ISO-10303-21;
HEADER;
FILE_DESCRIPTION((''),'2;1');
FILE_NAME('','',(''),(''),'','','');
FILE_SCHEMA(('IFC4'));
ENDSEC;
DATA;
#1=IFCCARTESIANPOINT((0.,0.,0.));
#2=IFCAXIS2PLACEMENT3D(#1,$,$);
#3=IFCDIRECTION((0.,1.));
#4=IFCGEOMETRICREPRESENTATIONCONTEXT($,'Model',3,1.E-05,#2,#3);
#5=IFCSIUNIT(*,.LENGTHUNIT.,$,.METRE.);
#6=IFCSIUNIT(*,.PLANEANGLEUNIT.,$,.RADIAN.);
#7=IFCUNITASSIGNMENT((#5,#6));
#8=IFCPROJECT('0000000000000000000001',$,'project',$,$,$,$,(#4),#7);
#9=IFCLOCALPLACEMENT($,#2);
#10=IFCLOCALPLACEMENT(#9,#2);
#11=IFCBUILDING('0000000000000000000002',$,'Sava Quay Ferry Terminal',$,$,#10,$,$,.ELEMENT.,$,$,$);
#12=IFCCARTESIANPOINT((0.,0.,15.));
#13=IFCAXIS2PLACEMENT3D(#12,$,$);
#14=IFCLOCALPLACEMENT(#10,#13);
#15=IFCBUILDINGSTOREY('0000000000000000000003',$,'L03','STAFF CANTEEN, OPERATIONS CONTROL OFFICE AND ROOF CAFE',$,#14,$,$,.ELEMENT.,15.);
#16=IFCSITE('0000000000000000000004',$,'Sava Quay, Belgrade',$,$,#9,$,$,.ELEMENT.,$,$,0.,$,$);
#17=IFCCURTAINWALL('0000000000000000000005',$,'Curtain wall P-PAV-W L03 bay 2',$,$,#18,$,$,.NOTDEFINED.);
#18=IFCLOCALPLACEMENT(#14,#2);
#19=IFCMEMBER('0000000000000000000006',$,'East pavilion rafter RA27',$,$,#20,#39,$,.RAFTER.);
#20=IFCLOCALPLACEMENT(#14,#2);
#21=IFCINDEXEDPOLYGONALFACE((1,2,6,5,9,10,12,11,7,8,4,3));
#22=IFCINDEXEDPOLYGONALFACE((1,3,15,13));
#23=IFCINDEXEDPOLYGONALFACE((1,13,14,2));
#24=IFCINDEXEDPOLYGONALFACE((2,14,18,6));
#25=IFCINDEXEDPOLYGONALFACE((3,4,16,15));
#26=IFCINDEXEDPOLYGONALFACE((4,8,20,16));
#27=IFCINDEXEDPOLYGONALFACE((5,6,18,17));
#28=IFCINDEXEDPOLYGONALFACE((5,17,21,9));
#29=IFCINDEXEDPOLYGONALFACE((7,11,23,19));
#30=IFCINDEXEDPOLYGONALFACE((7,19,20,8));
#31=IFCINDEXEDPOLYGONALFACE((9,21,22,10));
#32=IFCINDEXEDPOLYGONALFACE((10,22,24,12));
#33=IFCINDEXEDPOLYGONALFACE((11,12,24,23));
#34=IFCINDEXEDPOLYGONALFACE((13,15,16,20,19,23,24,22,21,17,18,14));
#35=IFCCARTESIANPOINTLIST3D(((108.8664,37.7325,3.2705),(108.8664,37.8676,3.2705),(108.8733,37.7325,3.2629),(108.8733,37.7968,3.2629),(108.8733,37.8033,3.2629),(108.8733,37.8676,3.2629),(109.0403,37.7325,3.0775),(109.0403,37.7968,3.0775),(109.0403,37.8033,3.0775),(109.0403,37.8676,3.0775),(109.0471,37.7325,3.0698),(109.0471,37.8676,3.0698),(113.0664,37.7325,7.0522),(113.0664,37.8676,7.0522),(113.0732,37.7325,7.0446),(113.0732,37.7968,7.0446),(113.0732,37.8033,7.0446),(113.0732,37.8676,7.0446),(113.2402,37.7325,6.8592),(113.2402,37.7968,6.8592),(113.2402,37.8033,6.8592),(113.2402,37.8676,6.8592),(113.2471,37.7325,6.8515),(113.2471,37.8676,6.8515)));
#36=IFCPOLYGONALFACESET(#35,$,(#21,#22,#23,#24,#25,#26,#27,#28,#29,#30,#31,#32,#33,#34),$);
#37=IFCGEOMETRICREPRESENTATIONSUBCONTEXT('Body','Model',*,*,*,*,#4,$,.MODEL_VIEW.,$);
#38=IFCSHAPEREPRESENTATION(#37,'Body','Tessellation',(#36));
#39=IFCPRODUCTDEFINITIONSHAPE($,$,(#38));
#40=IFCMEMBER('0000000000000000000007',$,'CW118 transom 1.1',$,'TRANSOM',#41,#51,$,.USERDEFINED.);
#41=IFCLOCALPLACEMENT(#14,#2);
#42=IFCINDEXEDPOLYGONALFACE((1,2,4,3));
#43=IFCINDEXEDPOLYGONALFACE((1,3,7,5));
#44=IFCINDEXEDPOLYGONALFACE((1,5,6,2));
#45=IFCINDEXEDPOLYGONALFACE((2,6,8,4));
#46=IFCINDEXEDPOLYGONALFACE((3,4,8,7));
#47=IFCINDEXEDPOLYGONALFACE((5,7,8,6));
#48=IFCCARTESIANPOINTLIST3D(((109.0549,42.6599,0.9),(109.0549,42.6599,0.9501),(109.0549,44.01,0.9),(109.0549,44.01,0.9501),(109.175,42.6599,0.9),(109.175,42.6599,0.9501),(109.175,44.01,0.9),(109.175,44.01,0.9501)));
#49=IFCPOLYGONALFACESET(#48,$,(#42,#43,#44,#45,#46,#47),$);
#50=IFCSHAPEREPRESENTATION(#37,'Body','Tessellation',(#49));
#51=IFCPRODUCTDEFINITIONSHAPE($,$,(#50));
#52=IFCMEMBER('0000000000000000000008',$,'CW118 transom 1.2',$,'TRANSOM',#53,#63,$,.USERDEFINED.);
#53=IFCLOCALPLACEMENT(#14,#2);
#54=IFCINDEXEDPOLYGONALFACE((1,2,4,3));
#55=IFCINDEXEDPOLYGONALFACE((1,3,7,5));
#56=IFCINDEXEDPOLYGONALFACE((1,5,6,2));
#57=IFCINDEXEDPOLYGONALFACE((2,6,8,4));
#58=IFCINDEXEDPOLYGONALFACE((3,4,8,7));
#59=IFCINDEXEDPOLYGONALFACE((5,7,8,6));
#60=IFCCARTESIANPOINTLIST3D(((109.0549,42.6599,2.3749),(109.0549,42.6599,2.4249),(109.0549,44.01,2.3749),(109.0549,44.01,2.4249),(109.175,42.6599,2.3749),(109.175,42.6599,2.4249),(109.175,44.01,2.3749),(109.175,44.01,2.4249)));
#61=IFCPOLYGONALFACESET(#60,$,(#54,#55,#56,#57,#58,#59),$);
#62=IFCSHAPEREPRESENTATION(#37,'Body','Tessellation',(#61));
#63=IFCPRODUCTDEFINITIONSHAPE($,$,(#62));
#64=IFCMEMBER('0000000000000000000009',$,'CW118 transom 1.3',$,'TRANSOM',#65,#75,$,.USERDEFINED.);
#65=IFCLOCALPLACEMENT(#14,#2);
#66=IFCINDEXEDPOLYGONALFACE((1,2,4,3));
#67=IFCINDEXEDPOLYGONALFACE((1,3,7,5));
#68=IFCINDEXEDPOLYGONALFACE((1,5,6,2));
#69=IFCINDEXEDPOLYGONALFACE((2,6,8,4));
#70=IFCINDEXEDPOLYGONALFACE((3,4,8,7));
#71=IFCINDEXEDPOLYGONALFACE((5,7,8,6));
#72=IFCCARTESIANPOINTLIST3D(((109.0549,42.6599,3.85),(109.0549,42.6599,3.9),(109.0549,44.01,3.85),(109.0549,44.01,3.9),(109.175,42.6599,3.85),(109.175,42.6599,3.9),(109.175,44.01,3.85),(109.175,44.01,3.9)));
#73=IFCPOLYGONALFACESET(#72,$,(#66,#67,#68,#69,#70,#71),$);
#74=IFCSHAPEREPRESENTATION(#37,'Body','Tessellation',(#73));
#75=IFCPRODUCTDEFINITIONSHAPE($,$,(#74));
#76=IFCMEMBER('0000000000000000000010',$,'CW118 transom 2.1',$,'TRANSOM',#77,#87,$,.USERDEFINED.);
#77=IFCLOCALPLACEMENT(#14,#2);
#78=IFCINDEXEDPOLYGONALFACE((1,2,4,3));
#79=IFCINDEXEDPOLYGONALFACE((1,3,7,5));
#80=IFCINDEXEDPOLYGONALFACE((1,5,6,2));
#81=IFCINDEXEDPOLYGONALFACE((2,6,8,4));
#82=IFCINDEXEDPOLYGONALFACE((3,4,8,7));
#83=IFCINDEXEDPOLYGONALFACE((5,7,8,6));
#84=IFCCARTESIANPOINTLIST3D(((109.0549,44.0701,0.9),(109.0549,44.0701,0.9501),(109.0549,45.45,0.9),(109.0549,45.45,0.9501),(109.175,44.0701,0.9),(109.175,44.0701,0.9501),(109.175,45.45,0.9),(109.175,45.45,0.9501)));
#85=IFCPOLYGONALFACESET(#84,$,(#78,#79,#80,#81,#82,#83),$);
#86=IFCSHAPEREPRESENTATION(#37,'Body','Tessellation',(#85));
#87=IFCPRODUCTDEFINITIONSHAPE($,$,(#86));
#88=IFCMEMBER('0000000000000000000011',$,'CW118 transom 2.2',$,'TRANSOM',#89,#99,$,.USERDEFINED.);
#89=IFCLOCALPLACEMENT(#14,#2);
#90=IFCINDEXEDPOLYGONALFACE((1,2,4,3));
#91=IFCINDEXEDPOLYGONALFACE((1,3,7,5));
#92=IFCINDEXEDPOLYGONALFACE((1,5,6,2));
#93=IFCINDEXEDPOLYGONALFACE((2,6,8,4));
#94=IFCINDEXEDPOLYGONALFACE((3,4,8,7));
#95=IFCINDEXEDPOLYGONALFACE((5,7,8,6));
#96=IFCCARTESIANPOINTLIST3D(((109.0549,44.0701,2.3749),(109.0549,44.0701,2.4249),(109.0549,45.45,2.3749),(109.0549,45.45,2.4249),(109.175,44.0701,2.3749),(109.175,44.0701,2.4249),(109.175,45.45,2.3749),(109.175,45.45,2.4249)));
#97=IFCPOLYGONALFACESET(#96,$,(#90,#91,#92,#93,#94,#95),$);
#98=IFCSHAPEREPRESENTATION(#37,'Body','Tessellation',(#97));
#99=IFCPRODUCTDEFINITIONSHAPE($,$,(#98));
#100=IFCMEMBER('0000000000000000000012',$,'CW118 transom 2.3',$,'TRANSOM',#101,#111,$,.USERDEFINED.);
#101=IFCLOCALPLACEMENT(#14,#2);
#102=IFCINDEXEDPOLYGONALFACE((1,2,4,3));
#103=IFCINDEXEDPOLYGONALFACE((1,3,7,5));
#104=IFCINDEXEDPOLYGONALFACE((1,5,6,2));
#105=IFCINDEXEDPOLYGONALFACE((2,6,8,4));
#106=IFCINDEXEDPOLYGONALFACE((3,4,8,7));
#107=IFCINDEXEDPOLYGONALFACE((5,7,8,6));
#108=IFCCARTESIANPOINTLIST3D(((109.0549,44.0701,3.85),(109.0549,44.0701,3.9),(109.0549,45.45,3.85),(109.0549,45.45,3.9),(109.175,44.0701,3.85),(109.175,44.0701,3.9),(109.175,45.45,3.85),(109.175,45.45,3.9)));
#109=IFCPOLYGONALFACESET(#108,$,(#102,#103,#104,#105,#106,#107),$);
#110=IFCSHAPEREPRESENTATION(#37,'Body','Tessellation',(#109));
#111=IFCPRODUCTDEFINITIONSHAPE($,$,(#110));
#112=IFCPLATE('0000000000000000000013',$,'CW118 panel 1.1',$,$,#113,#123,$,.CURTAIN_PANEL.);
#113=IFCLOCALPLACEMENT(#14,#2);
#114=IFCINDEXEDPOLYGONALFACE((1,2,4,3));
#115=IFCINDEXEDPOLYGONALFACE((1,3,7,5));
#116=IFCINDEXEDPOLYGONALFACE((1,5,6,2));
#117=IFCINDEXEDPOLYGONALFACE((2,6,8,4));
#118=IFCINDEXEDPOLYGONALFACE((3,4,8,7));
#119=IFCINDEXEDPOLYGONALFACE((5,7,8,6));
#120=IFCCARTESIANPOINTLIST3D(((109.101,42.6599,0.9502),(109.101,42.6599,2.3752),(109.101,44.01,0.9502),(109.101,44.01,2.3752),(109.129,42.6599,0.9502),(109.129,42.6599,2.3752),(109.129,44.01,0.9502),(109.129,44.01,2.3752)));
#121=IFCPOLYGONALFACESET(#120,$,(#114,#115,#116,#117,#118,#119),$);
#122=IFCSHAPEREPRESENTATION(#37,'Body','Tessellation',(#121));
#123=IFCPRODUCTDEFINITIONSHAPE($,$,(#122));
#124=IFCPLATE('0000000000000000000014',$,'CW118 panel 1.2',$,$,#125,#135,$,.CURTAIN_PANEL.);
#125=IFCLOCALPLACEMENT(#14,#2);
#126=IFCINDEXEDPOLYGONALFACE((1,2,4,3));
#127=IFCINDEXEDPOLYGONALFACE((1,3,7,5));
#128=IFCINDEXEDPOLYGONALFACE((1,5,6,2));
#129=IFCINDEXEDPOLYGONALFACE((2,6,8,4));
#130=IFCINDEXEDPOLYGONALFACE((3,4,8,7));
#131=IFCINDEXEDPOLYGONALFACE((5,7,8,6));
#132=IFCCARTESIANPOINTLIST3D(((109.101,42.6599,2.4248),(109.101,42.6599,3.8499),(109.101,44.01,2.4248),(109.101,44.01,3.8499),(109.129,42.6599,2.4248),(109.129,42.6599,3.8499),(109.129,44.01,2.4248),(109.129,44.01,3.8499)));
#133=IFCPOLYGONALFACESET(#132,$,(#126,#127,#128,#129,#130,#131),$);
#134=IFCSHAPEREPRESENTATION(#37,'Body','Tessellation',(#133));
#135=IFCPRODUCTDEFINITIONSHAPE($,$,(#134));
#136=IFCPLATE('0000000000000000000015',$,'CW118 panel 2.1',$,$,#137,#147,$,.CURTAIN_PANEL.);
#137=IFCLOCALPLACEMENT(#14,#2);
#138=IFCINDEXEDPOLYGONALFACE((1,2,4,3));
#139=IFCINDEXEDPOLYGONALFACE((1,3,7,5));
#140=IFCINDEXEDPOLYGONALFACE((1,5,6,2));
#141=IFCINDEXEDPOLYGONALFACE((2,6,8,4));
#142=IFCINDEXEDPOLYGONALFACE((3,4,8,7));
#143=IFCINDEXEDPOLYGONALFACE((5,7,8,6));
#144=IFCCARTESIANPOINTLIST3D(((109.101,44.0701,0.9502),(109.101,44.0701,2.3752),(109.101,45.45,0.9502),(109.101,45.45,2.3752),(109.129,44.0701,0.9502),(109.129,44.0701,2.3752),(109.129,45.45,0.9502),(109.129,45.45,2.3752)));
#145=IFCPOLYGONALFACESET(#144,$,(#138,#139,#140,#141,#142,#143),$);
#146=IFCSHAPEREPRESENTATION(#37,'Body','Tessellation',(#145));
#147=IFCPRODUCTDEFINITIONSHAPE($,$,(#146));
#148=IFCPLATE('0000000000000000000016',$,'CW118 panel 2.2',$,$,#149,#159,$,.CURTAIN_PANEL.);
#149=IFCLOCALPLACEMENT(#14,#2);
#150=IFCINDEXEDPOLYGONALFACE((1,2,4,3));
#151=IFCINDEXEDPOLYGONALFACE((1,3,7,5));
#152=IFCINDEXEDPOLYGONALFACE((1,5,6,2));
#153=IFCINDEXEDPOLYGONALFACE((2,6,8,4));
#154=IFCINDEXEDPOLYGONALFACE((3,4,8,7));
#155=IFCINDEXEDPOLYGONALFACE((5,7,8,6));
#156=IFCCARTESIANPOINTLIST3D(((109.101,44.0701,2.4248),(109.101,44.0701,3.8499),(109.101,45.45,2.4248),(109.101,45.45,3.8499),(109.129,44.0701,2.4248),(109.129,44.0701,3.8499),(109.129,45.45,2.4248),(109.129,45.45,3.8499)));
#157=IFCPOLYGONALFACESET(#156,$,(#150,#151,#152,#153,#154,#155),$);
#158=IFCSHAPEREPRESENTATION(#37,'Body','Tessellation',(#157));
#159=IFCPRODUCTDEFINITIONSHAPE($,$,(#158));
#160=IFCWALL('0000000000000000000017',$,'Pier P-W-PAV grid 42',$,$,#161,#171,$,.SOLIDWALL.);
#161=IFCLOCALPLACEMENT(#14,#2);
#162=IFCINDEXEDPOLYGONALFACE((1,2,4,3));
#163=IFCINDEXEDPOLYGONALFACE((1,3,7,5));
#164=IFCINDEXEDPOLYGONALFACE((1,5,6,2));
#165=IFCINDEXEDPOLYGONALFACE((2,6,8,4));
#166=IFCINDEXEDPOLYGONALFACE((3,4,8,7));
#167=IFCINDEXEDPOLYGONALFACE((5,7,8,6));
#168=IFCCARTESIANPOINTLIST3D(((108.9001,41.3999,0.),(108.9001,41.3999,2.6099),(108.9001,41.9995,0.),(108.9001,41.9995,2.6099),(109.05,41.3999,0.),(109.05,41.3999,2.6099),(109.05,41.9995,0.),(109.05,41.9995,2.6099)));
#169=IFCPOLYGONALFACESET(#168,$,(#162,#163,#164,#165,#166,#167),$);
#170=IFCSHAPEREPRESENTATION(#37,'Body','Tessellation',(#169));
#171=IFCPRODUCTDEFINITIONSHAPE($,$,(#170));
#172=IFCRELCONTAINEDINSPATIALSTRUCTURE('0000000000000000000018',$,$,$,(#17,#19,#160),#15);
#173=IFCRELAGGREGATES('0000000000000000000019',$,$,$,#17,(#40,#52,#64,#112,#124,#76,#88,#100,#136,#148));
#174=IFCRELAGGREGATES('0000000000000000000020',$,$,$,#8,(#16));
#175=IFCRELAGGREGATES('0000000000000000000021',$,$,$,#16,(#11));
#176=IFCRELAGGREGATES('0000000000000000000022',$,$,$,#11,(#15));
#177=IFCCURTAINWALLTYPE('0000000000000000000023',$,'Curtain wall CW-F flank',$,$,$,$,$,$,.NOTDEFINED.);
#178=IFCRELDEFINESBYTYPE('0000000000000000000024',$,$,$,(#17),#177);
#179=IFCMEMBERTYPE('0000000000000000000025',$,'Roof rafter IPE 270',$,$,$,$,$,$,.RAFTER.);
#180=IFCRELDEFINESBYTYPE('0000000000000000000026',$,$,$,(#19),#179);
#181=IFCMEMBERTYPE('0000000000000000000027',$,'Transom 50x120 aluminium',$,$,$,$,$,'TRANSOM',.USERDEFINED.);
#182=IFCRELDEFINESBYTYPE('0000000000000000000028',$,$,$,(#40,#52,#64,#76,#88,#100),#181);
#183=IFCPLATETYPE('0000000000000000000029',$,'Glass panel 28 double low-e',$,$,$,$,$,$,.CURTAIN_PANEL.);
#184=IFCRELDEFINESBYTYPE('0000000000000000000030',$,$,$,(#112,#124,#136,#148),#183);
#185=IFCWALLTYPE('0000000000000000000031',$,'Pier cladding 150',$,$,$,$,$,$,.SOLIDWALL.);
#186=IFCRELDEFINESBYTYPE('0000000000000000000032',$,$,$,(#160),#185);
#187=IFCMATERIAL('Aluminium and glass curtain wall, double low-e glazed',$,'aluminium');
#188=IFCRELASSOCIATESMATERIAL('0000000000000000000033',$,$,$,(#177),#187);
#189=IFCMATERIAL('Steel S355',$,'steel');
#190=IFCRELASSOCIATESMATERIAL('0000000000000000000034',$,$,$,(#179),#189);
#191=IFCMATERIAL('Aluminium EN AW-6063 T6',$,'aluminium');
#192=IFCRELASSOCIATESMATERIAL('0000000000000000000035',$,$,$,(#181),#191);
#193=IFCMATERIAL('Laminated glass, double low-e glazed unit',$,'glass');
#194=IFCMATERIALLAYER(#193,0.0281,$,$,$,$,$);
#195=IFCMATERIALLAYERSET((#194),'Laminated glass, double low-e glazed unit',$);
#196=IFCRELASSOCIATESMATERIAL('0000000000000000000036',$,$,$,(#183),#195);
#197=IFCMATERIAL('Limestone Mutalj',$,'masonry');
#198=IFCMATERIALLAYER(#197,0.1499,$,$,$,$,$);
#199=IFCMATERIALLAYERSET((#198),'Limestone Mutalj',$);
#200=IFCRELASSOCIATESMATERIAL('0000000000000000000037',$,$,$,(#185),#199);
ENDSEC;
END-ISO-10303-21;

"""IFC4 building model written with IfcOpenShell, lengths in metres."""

from ifc_helpers import new_model, si_unit, direction, frame, frame_2d, origin, origin_2d, place, context, subcontext, project, spatial, rectangle, i_section, extrude, material, layer, layer_set, material_profile, profile_set, type_object, element, aggregate, save


model = new_model("IFC4")

# Units and contexts
model_context = context("Model", 3, precision=1e-05, world=origin(), true_north=direction((0.0, 1.0)))
body_context = subcontext(model_context, "Body", "Model", "MODEL_VIEW")
ifc_project = project(units=[si_unit("LENGTHUNIT", "METRE"), si_unit("PLANEANGLEUNIT", "RADIAN")], contexts=[model_context])

# Site, building, storey
site_placement = place(None, origin())
site = spatial("IfcSite", under=ifc_project, at=site_placement, Name="Sava Quay, Belgrade", CompositionType="ELEMENT", RefElevation=0.0)
building_placement = place(site_placement, origin())
building = spatial("IfcBuilding", under=site, at=building_placement, Name="Sava Quay Ferry Terminal", CompositionType="ELEMENT")
storey_placement = place(building_placement, frame((0.0, 0.0, 15.0)))
storey = spatial("IfcBuildingStorey", under=building, at=storey_placement, Name="L03", Description="STAFF CANTEEN, OPERATIONS CONTROL OFFICE AND ROOF CAFE", CompositionType="ELEMENT", Elevation=15.0)

# Curtain wall
ifc_material_1 = material(Name="Aluminium and glass curtain wall, double low-e glazed", Category="aluminium")
curtain_wall_type = type_object("IfcCurtainWallType", Name="Curtain wall CW-F flank", PredefinedType="NOTDEFINED", material=ifc_material_1)
curtain_wall_placement = place(storey_placement, origin())
curtain_wall = element("IfcCurtainWall", 1, at=curtain_wall_placement, inside=storey, type_object=curtain_wall_type, Name="Curtain wall P-PAV-W L03 bay 2", PredefinedType="NOTDEFINED")

# Member
ifc_material_2 = material(Name="Steel S355", Category="steel")
ifc_material_profile_1 = material_profile(ifc_material_2, i_section(OverallWidth=0.135, OverallDepth=0.27, WebThickness=0.0066, FlangeThickness=0.0103, at=origin_2d()), Name="IPE 270")
ifc_profile_set_1 = profile_set([ifc_material_profile_1], Name="Steel S355")
member_type_1 = type_object("IfcMemberType", Name="Roof rafter IPE 270", PredefinedType="RAFTER", material=ifc_profile_set_1)
member_1_placement = place(storey_placement, frame((108.9568, 37.8, 3.1702), z_axis=(0.743137, 0.0, 0.669139), x_axis=(0.0, 1.0, 0.0)))
element("IfcMember", 2, at=member_1_placement, inside=storey, type_object=member_type_1, Name="East pavilion rafter RA27", PredefinedType="RAFTER", context=body_context, shape_type="SweptSolid", body=[
    extrude(i_section(OverallWidth=0.135, OverallDepth=0.27, WebThickness=0.0066, FlangeThickness=0.0103, at=origin_2d()), origin(), (0.0, 0.0, 1.0), 5.6516),
])

# Members
ifc_material_3 = material(Name="Aluminium EN AW-6063 T6", Category="aluminium")
ifc_material_profile_2 = material_profile(ifc_material_3, rectangle(XDim=0.1201, YDim=0.05, at=origin_2d()), Name="Transom 50x120 aluminium")
ifc_profile_set_2 = profile_set([ifc_material_profile_2], Name="Aluminium EN AW-6063 T6")
member_type_2 = type_object("IfcMemberType", Name="Transom 50x120 aluminium", ElementType="TRANSOM", PredefinedType="USERDEFINED", material=ifc_profile_set_2)
member_2_placement = place(storey_placement, frame((109.115, 42.6599, 0.925), z_axis=(0.0, 1.0, 0.0), x_axis=(-1.0, 0.0, 0.0)))
member_2 = element("IfcMember", 3, at=member_2_placement, type_object=member_type_2, Name="CW118 transom 1.1", ObjectType="TRANSOM", PredefinedType="USERDEFINED", context=body_context, shape_type="SweptSolid", body=[
    extrude(rectangle(XDim=0.1201, YDim=0.05, at=origin_2d()), origin(), (0.0, 0.0, 1.0), 1.3501),
])
member_3_placement = place(storey_placement, frame((109.115, 42.6599, 2.3999), z_axis=(0.0, 1.0, 0.0), x_axis=(-1.0, 0.0, 0.0)))
member_3 = element("IfcMember", 4, at=member_3_placement, type_object=member_type_2, Name="CW118 transom 1.2", ObjectType="TRANSOM", PredefinedType="USERDEFINED", context=body_context, shape_type="SweptSolid", body=[
    extrude(rectangle(XDim=0.1201, YDim=0.05, at=origin_2d()), origin(), (0.0, 0.0, 1.0), 1.3501),
])
member_4_placement = place(storey_placement, frame((109.115, 42.6599, 3.875), z_axis=(0.0, 1.0, 0.0), x_axis=(-1.0, 0.0, 0.0)))
member_4 = element("IfcMember", 5, at=member_4_placement, type_object=member_type_2, Name="CW118 transom 1.3", ObjectType="TRANSOM", PredefinedType="USERDEFINED", context=body_context, shape_type="SweptSolid", body=[
    extrude(rectangle(XDim=0.1201, YDim=0.05, at=origin_2d()), origin(), (0.0, 0.0, 1.0), 1.3501),
])
member_5_placement = place(storey_placement, frame((109.115, 44.0701, 0.925), z_axis=(0.0, 1.0, 0.0), x_axis=(-1.0, 0.0, 0.0)))
member_5 = element("IfcMember", 6, at=member_5_placement, type_object=member_type_2, Name="CW118 transom 2.1", ObjectType="TRANSOM", PredefinedType="USERDEFINED", context=body_context, shape_type="SweptSolid", body=[
    extrude(rectangle(XDim=0.1201, YDim=0.05, at=origin_2d()), origin(), (0.0, 0.0, 1.0), 1.3799),
])
member_6_placement = place(storey_placement, frame((109.115, 44.0701, 2.3999), z_axis=(0.0, 1.0, 0.0), x_axis=(-1.0, 0.0, 0.0)))
member_6 = element("IfcMember", 7, at=member_6_placement, type_object=member_type_2, Name="CW118 transom 2.2", ObjectType="TRANSOM", PredefinedType="USERDEFINED", context=body_context, shape_type="SweptSolid", body=[
    extrude(rectangle(XDim=0.1201, YDim=0.05, at=origin_2d()), origin(), (0.0, 0.0, 1.0), 1.3799),
])
member_7_placement = place(storey_placement, frame((109.115, 44.0701, 3.875), z_axis=(0.0, 1.0, 0.0), x_axis=(-1.0, 0.0, 0.0)))
member_7 = element("IfcMember", 8, at=member_7_placement, type_object=member_type_2, Name="CW118 transom 2.3", ObjectType="TRANSOM", PredefinedType="USERDEFINED", context=body_context, shape_type="SweptSolid", body=[
    extrude(rectangle(XDim=0.1201, YDim=0.05, at=origin_2d()), origin(), (0.0, 0.0, 1.0), 1.3799),
])

# Plates
ifc_material_4 = material(Name="Laminated glass, double low-e glazed unit", Category="glass")
ifc_layer_1 = layer(ifc_material_4, 0.0281)
ifc_layer_set_1 = layer_set([ifc_layer_1], Name="Laminated glass, double low-e glazed unit")
plate_type = type_object("IfcPlateType", Name="Glass panel 28 double low-e", PredefinedType="CURTAIN_PANEL", material=ifc_layer_set_1)
plate_1_placement = place(storey_placement, frame((109.115, 43.335, 0.9502), z_axis=(0.0, 0.0, 1.0), x_axis=(0.0, 1.0, 0.0)))
plate_1 = element("IfcPlate", 9, at=plate_1_placement, type_object=plate_type, Name="CW118 panel 1.1", PredefinedType="CURTAIN_PANEL", context=body_context, shape_type="SweptSolid", body=[
    extrude(rectangle(XDim=1.3501, YDim=0.0281, at=origin_2d()), origin(), (0.0, 0.0, 1.0), 1.425),
])
plate_2_placement = place(storey_placement, frame((109.115, 43.335, 2.4248), z_axis=(0.0, 0.0, 1.0), x_axis=(0.0, 1.0, 0.0)))
plate_2 = element("IfcPlate", 10, at=plate_2_placement, type_object=plate_type, Name="CW118 panel 1.2", PredefinedType="CURTAIN_PANEL", context=body_context, shape_type="SweptSolid", body=[
    extrude(rectangle(XDim=1.3501, YDim=0.0281, at=origin_2d()), origin(), (0.0, 0.0, 1.0), 1.425),
])
plate_3_placement = place(storey_placement, frame((109.115, 44.76, 0.9502), z_axis=(0.0, 0.0, 1.0), x_axis=(0.0, 1.0, 0.0)))
plate_3 = element("IfcPlate", 11, at=plate_3_placement, type_object=plate_type, Name="CW118 panel 2.1", PredefinedType="CURTAIN_PANEL", context=body_context, shape_type="SweptSolid", body=[
    extrude(rectangle(XDim=1.3799, YDim=0.0281, at=origin_2d()), origin(), (0.0, 0.0, 1.0), 1.425),
])
plate_4_placement = place(storey_placement, frame((109.115, 44.76, 2.4248), z_axis=(0.0, 0.0, 1.0), x_axis=(0.0, 1.0, 0.0)))
plate_4 = element("IfcPlate", 12, at=plate_4_placement, type_object=plate_type, Name="CW118 panel 2.2", PredefinedType="CURTAIN_PANEL", context=body_context, shape_type="SweptSolid", body=[
    extrude(rectangle(XDim=1.3799, YDim=0.0281, at=origin_2d()), origin(), (0.0, 0.0, 1.0), 1.425),
])
aggregate(curtain_wall, [member_2, member_3, member_4, plate_1, plate_2, member_5, member_6, member_7, plate_3, plate_4])

# Wall
ifc_material_5 = material(Name="Limestone Mutalj", Category="masonry")
ifc_layer_2 = layer(ifc_material_5, 0.1499)
ifc_layer_set_2 = layer_set([ifc_layer_2], Name="Limestone Mutalj")
wall_type_1 = type_object("IfcWallType", Name="Pier cladding 150", PredefinedType="SOLIDWALL", material=ifc_layer_set_2)
wall_1_placement = place(storey_placement, frame((108.9751, 41.3999, 0.0), z_axis=(0.0, 0.0, 1.0), x_axis=(0.0, 1.0, 0.0)))
element("IfcWall", 13, at=wall_1_placement, inside=storey, type_object=wall_type_1, Name="Pier P-W-PAV grid 42", PredefinedType="SOLIDWALL", context=body_context, shape_type="SweptSolid", body=[
    extrude(rectangle(XDim=0.5996, YDim=0.1499, at=frame_2d((0.2998, 0.0))), origin(), (0.0, 0.0, 1.0), 2.6099),
])

save(model, "model.ifc")
